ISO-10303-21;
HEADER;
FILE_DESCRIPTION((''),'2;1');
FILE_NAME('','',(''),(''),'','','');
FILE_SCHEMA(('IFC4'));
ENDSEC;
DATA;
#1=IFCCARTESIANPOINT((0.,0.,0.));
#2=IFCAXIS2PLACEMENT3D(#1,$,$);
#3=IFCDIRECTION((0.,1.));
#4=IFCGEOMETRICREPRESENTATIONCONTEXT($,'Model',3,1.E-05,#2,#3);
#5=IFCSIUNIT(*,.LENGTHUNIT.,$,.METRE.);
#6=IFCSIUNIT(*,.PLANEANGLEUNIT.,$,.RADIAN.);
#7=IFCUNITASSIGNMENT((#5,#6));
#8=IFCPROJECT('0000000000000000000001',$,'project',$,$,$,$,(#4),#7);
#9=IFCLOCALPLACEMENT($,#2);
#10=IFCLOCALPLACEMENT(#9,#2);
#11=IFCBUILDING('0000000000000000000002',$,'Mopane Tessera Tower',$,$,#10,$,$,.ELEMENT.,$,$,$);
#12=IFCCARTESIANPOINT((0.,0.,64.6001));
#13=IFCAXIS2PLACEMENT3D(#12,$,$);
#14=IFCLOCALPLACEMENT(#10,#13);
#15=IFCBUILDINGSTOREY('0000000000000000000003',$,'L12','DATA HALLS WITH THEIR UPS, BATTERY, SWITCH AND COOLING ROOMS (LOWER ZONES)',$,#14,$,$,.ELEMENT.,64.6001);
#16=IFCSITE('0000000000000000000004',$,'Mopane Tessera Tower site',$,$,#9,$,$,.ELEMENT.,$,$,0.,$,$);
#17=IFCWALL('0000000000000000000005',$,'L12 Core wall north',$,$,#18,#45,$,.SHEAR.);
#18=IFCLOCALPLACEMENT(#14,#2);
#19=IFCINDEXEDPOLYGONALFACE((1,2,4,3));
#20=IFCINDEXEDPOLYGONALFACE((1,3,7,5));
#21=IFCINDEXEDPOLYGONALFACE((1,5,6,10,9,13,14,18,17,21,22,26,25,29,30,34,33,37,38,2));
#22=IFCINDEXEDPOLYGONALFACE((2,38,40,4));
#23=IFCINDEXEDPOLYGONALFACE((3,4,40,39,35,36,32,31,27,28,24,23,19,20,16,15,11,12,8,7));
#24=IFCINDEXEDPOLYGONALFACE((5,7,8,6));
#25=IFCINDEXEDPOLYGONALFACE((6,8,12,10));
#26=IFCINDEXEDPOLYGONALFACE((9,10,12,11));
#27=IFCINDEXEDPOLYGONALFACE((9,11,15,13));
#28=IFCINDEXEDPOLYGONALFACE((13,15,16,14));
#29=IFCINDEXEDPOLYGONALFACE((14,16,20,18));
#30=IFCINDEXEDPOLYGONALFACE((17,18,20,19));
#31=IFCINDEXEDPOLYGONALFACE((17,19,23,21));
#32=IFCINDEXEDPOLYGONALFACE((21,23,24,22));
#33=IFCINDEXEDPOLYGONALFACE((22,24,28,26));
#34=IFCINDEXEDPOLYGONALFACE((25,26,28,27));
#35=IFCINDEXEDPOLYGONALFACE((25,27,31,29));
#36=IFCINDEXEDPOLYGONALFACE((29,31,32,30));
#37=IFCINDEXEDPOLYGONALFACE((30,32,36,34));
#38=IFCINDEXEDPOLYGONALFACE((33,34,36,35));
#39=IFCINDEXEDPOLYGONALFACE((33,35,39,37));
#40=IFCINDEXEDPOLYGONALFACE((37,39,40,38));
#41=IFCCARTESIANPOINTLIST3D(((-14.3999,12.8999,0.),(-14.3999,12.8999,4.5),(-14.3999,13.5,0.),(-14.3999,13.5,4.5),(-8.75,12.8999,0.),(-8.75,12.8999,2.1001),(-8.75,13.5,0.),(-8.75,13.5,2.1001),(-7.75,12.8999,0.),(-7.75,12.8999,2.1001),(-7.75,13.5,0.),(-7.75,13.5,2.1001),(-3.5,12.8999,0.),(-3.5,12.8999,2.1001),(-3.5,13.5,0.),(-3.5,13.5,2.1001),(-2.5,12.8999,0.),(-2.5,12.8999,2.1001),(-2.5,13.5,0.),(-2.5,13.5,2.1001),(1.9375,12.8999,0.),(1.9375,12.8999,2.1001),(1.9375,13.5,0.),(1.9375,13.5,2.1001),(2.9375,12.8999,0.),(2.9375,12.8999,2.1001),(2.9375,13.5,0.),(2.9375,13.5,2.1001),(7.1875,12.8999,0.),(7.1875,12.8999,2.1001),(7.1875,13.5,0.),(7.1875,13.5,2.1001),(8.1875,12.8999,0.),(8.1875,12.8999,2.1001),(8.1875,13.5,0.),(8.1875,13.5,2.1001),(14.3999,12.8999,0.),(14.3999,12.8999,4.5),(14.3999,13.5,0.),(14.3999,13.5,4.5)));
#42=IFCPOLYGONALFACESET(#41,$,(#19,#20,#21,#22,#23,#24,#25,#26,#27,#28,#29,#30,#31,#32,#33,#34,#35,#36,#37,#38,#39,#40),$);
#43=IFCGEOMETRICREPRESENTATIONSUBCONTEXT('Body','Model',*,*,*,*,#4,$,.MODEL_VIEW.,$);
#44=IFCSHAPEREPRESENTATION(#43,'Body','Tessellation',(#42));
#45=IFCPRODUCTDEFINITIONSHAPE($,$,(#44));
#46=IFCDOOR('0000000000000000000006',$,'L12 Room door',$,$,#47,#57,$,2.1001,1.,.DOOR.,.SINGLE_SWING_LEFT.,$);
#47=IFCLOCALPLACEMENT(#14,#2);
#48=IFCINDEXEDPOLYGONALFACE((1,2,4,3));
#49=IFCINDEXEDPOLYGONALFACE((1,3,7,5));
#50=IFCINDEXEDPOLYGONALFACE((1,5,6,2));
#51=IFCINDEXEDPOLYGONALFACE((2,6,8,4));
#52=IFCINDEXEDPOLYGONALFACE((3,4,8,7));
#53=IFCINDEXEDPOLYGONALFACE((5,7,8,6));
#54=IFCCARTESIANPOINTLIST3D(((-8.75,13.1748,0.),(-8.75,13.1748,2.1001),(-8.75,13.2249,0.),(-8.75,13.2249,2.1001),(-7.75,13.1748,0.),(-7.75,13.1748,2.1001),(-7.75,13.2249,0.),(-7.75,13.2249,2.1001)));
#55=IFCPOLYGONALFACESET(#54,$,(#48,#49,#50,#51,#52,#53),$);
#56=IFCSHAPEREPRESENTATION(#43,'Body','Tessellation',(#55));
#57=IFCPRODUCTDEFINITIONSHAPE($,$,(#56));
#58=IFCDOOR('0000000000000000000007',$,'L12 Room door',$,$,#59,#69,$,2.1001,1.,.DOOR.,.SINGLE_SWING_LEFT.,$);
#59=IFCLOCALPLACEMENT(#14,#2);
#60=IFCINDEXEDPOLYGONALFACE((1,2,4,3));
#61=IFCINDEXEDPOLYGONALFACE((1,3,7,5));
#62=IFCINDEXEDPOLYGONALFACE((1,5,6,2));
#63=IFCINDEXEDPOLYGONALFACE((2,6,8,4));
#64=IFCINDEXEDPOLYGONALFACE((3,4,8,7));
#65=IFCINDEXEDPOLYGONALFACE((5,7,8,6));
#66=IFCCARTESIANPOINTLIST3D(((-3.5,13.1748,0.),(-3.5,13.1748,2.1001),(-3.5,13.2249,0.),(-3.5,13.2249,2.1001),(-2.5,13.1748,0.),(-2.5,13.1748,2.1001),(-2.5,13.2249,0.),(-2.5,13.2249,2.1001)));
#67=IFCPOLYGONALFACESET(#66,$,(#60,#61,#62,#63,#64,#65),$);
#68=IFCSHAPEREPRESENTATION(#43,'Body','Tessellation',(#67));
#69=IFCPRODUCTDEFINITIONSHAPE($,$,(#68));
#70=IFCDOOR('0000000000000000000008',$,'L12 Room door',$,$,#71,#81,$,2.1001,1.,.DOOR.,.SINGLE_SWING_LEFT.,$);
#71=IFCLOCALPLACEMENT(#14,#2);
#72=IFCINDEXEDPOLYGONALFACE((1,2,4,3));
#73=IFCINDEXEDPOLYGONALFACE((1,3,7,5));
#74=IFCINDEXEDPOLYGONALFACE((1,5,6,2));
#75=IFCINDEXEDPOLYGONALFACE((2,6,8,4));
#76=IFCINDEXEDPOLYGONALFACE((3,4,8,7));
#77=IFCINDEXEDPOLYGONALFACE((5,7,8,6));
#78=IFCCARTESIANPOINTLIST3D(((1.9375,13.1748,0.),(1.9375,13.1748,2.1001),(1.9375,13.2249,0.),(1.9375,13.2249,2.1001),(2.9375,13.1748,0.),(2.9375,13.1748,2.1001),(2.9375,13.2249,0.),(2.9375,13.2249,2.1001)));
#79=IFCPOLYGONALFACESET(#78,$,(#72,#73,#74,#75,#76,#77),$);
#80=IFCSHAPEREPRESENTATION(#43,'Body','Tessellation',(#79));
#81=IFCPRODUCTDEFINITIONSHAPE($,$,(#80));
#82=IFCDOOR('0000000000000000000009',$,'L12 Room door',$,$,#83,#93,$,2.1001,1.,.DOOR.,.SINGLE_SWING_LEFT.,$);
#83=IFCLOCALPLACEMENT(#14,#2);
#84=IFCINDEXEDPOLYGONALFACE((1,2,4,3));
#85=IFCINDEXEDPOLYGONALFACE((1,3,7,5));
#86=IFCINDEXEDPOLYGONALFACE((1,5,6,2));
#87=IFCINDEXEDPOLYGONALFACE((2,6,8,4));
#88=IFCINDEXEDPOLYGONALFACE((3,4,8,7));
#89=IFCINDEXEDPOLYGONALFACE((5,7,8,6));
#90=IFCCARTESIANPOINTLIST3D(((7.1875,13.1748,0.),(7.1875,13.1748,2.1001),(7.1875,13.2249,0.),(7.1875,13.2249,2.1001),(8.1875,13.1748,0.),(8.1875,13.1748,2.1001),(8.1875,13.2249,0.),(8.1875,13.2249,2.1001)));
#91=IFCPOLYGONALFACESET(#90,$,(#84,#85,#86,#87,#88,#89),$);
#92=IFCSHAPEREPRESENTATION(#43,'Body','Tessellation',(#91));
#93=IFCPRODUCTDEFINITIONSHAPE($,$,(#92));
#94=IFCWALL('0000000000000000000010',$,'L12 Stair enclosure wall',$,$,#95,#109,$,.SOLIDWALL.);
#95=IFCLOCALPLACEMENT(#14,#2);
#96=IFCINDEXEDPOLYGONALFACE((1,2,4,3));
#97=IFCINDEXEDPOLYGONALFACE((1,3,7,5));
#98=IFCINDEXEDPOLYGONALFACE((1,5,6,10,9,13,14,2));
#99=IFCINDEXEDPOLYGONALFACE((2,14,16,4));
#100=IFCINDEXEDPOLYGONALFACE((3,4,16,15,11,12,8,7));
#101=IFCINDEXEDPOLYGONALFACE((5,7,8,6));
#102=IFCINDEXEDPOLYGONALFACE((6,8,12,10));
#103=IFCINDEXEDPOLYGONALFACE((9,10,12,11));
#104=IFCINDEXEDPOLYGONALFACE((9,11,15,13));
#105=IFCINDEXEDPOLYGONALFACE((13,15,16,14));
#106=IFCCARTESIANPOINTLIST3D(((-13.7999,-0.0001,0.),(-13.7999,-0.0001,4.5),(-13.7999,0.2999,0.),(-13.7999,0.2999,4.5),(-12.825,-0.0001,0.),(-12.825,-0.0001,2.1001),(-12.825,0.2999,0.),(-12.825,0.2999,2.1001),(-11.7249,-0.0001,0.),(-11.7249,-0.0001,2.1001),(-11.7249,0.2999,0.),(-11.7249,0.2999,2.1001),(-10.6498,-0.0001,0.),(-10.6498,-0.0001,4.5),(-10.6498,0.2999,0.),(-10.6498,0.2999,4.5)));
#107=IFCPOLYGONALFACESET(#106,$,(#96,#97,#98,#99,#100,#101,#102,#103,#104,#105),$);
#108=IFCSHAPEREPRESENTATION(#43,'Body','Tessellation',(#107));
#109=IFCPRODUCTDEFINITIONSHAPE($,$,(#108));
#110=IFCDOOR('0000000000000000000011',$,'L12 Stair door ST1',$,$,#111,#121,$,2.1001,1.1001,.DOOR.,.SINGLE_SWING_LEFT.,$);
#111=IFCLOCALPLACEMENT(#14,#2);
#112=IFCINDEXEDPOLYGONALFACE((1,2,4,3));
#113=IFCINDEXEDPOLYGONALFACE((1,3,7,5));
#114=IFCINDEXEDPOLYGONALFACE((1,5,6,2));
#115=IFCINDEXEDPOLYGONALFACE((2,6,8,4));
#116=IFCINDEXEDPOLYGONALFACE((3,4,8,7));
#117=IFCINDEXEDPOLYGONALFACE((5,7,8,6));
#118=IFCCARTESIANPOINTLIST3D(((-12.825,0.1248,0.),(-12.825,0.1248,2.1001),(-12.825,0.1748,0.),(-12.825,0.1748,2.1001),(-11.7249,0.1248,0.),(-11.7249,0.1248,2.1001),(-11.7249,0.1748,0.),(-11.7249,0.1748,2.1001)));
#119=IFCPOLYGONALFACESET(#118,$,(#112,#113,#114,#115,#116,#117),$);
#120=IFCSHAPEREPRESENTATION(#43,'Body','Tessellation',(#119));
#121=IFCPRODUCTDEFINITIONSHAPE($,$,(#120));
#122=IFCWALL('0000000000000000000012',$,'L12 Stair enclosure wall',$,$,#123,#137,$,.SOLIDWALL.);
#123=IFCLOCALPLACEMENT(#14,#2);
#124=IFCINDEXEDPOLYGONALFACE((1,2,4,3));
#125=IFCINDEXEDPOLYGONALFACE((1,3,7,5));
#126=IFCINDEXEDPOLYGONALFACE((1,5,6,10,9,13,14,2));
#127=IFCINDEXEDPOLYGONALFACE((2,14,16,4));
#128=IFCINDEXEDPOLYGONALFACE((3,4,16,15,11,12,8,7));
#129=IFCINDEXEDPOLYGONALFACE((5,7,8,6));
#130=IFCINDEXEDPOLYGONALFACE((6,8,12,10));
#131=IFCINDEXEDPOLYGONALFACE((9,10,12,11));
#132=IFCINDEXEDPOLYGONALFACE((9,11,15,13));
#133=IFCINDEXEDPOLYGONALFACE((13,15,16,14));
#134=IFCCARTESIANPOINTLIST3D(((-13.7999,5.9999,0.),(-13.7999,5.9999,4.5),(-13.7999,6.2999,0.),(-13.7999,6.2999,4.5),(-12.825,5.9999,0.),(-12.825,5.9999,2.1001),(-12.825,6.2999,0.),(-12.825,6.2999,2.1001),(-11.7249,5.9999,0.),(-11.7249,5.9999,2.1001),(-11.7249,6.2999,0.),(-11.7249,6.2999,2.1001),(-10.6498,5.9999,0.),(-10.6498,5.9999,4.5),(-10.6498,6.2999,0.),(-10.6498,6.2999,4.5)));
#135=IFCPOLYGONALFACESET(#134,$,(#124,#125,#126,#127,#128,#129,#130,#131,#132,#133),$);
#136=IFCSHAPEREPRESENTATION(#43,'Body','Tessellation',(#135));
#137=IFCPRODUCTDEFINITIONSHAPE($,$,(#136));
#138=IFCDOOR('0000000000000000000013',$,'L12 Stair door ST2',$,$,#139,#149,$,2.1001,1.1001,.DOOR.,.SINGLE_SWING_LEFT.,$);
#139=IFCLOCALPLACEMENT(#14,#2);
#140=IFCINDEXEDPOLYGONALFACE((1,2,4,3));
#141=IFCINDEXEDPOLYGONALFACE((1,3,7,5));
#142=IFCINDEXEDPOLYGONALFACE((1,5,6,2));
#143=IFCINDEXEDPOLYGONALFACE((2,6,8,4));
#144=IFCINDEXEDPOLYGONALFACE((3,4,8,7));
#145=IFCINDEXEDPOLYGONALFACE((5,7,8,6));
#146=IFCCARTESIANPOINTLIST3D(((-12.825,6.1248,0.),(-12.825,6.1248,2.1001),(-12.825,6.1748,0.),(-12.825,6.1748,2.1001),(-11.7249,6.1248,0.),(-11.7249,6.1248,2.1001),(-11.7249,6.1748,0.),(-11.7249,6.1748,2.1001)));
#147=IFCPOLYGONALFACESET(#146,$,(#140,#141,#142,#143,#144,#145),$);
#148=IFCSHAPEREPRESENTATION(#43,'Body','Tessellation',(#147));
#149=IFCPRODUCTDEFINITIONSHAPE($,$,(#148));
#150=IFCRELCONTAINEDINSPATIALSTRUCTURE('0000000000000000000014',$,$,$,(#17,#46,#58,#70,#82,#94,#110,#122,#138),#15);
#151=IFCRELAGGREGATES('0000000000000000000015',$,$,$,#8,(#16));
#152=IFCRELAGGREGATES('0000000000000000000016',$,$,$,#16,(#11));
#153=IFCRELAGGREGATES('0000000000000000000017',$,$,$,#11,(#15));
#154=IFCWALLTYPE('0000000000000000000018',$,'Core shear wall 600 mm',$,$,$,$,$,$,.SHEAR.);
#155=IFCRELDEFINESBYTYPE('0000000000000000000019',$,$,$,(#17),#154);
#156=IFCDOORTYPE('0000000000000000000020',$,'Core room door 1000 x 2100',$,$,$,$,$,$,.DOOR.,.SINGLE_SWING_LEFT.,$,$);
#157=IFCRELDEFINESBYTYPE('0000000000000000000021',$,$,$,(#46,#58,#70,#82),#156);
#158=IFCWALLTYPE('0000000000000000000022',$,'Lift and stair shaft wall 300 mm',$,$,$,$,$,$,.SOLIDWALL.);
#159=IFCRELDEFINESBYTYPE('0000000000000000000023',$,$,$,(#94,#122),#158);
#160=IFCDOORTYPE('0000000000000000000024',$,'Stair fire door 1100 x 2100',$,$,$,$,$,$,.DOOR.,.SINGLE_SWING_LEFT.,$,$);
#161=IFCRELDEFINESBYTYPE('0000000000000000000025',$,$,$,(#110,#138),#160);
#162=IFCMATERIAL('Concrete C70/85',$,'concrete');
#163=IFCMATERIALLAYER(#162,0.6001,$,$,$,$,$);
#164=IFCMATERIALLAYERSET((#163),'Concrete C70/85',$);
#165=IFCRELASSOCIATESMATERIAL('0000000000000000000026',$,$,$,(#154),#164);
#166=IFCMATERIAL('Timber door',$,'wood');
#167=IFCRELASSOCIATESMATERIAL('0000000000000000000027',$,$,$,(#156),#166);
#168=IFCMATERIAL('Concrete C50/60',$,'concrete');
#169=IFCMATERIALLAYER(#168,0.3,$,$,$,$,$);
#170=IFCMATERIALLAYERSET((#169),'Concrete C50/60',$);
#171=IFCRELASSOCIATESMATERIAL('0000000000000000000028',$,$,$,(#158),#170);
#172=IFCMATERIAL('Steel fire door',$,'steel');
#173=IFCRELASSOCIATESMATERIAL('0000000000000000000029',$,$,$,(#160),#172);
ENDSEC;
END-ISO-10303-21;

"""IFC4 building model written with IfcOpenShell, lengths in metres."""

from ifc_helpers import new_model, si_unit, direction, frame, frame_2d, origin, place, context, subcontext, project, spatial, rectangle, extrude, material, layer, layer_set, type_object, element, fill, save


model = new_model("IFC4")

# Units and contexts
model_context = context("Model", 3, precision=1e-05, world=origin(), true_north=direction((0.0, 1.0)))
body_context = subcontext(model_context, "Body", "Model", "MODEL_VIEW")
ifc_project = project(units=[si_unit("LENGTHUNIT", "METRE"), si_unit("PLANEANGLEUNIT", "RADIAN")], contexts=[model_context])

# Site, building, storey
site_placement = place(None, origin())
site = spatial("IfcSite", under=ifc_project, at=site_placement, Name="Mopane Tessera Tower site", CompositionType="ELEMENT", RefElevation=0.0)
building_placement = place(site_placement, origin())
building = spatial("IfcBuilding", under=site, at=building_placement, Name="Mopane Tessera Tower", CompositionType="ELEMENT")
storey_placement = place(building_placement, frame((0.0, 0.0, 64.6001)))
storey = spatial("IfcBuildingStorey", under=building, at=storey_placement, Name="L12", Description="DATA HALLS WITH THEIR UPS, BATTERY, SWITCH AND COOLING ROOMS (LOWER ZONES)", CompositionType="ELEMENT", Elevation=64.6001)

# Wall, openings, doors
ifc_material_1 = material(Name="Concrete C70/85", Category="concrete")
ifc_layer_1 = layer(ifc_material_1, 0.6001)
ifc_layer_set_1 = layer_set([ifc_layer_1], Name="Concrete C70/85")
wall_type_1 = type_object("IfcWallType", Name="Core shear wall 600 mm", PredefinedType="SHEAR", material=ifc_layer_set_1)
wall_1_placement = place(storey_placement, frame((-14.3999, 13.2, 0.0), z_axis=(0.0, 0.0, 1.0), x_axis=(1.0, 0.0, 0.0)))
wall_1 = element("IfcWall", 1, at=wall_1_placement, inside=storey, type_object=wall_type_1, Name="L12 Core wall north", PredefinedType="SHEAR", context=body_context, shape_type="SweptSolid", body=[
    extrude(rectangle(XDim=28.7998, YDim=0.6001, at=frame_2d((14.3999, 0.0))), origin(), (0.0, 0.0, 1.0), 4.5),
])
opening_1_placement = place(wall_1_placement, frame((5.6499, 0.0, 0.0)))
opening_1 = element("IfcOpeningElement", 2, at=opening_1_placement, cuts=wall_1, PredefinedType="OPENING", context=body_context, shape_type="SweptSolid", body=[
    extrude(rectangle(XDim=1.0, YDim=2.1001, at=frame_2d((0.5, 1.05))), frame((0.0, 0.312, 0.0), z_axis=(0.0, -1.0, 0.0), x_axis=(1.0, 0.0, 0.0)), (0.0, 0.0, 1.0), 0.624),
])
opening_2_placement = place(wall_1_placement, frame((10.8999, 0.0, 0.0)))
opening_2 = element("IfcOpeningElement", 3, at=opening_2_placement, cuts=wall_1, PredefinedType="OPENING", context=body_context, shape_type="SweptSolid", body=[
    extrude(rectangle(XDim=1.0, YDim=2.1001, at=frame_2d((0.5, 1.05))), frame((0.0, 0.312, 0.0), z_axis=(0.0, -1.0, 0.0), x_axis=(1.0, 0.0, 0.0)), (0.0, 0.0, 1.0), 0.624),
])
opening_3_placement = place(wall_1_placement, frame((16.3374, 0.0, 0.0)))
opening_3 = element("IfcOpeningElement", 4, at=opening_3_placement, cuts=wall_1, PredefinedType="OPENING", context=body_context, shape_type="SweptSolid", body=[
    extrude(rectangle(XDim=1.0, YDim=2.1001, at=frame_2d((0.5, 1.05))), frame((0.0, 0.312, 0.0), z_axis=(0.0, -1.0, 0.0), x_axis=(1.0, 0.0, 0.0)), (0.0, 0.0, 1.0), 0.624),
])
opening_4_placement = place(wall_1_placement, frame((21.5874, 0.0, 0.0)))
opening_4 = element("IfcOpeningElement", 5, at=opening_4_placement, cuts=wall_1, PredefinedType="OPENING", context=body_context, shape_type="SweptSolid", body=[
    extrude(rectangle(XDim=1.0, YDim=2.1001, at=frame_2d((0.5, 1.05))), frame((0.0, 0.312, 0.0), z_axis=(0.0, -1.0, 0.0), x_axis=(1.0, 0.0, 0.0)), (0.0, 0.0, 1.0), 0.624),
])
ifc_material_2 = material(Name="Timber door", Category="wood")
door_type_1 = type_object("IfcDoorType", Name="Core room door 1000 x 2100", OperationType="SINGLE_SWING_LEFT", PredefinedType="DOOR", material=ifc_material_2)
door_1_placement = place(opening_1_placement, origin())
door_1 = element("IfcDoor", 6, at=door_1_placement, inside=storey, type_object=door_type_1, Name="L12 Room door", OperationType="SINGLE_SWING_LEFT", OverallHeight=2.1001, OverallWidth=1.0, PredefinedType="DOOR", context=body_context, shape_type="SweptSolid", body=[
    extrude(rectangle(XDim=1.0, YDim=2.1001, at=frame_2d((0.5, 1.05))), frame((0.0, 0.0249, 0.0), z_axis=(0.0, -1.0, 0.0), x_axis=(1.0, 0.0, 0.0)), (0.0, 0.0, 1.0), 0.05),
])
fill(opening_1, door_1)
door_2_placement = place(opening_2_placement, origin())
door_2 = element("IfcDoor", 7, at=door_2_placement, inside=storey, type_object=door_type_1, Name="L12 Room door", OperationType="SINGLE_SWING_LEFT", OverallHeight=2.1001, OverallWidth=1.0, PredefinedType="DOOR", context=body_context, shape_type="SweptSolid", body=[
    extrude(rectangle(XDim=1.0, YDim=2.1001, at=frame_2d((0.5, 1.05))), frame((0.0, 0.0249, 0.0), z_axis=(0.0, -1.0, 0.0), x_axis=(1.0, 0.0, 0.0)), (0.0, 0.0, 1.0), 0.05),
])
fill(opening_2, door_2)
door_3_placement = place(opening_3_placement, origin())
door_3 = element("IfcDoor", 8, at=door_3_placement, inside=storey, type_object=door_type_1, Name="L12 Room door", OperationType="SINGLE_SWING_LEFT", OverallHeight=2.1001, OverallWidth=1.0, PredefinedType="DOOR", context=body_context, shape_type="SweptSolid", body=[
    extrude(rectangle(XDim=1.0, YDim=2.1001, at=frame_2d((0.5, 1.05))), frame((0.0, 0.0249, 0.0), z_axis=(0.0, -1.0, 0.0), x_axis=(1.0, 0.0, 0.0)), (0.0, 0.0, 1.0), 0.05),
])
fill(opening_3, door_3)
door_4_placement = place(opening_4_placement, origin())
door_4 = element("IfcDoor", 9, at=door_4_placement, inside=storey, type_object=door_type_1, Name="L12 Room door", OperationType="SINGLE_SWING_LEFT", OverallHeight=2.1001, OverallWidth=1.0, PredefinedType="DOOR", context=body_context, shape_type="SweptSolid", body=[
    extrude(rectangle(XDim=1.0, YDim=2.1001, at=frame_2d((0.5, 1.05))), frame((0.0, 0.0249, 0.0), z_axis=(0.0, -1.0, 0.0), x_axis=(1.0, 0.0, 0.0)), (0.0, 0.0, 1.0), 0.05),
])
fill(opening_4, door_4)

# Walls, openings, doors
ifc_material_3 = material(Name="Concrete C50/60", Category="concrete")
ifc_layer_2 = layer(ifc_material_3, 0.3)
ifc_layer_set_2 = layer_set([ifc_layer_2], Name="Concrete C50/60")
wall_type_2 = type_object("IfcWallType", Name="Lift and stair shaft wall 300 mm", PredefinedType="SOLIDWALL", material=ifc_layer_set_2)
wall_2_placement = place(storey_placement, frame((-13.8, 0.1499, 0.0), z_axis=(0.0, 0.0, 1.0), x_axis=(1.0, 0.0, 0.0)))
wall_2 = element("IfcWall", 10, at=wall_2_placement, inside=storey, type_object=wall_type_2, Name="L12 Stair enclosure wall", PredefinedType="SOLIDWALL", context=body_context, shape_type="SweptSolid", body=[
    extrude(rectangle(XDim=3.1501, YDim=0.3, at=frame_2d((1.5752, 0.0))), origin(), (0.0, 0.0, 1.0), 4.5),
])
opening_5_placement = place(wall_2_placement, frame((0.9751, 0.0, 0.0)))
opening_5 = element("IfcOpeningElement", 11, at=opening_5_placement, cuts=wall_2, PredefinedType="OPENING", context=body_context, shape_type="SweptSolid", body=[
    extrude(rectangle(XDim=1.1001, YDim=2.1001, at=frame_2d((0.55, 1.05))), frame((0.0, 0.1621, 0.0), z_axis=(0.0, -1.0, 0.0), x_axis=(1.0, 0.0, 0.0)), (0.0, 0.0, 1.0), 0.324),
])
ifc_material_4 = material(Name="Steel fire door", Category="steel")
door_type_2 = type_object("IfcDoorType", Name="Stair fire door 1100 x 2100", OperationType="SINGLE_SWING_LEFT", PredefinedType="DOOR", material=ifc_material_4)
door_5_placement = place(opening_5_placement, origin())
door_5 = element("IfcDoor", 12, at=door_5_placement, inside=storey, type_object=door_type_2, Name="L12 Stair door ST1", OperationType="SINGLE_SWING_LEFT", OverallHeight=2.1001, OverallWidth=1.1001, PredefinedType="DOOR", context=body_context, shape_type="SweptSolid", body=[
    extrude(rectangle(XDim=1.1001, YDim=2.1001, at=frame_2d((0.55, 1.05))), frame((0.0, 0.0249, 0.0), z_axis=(0.0, -1.0, 0.0), x_axis=(1.0, 0.0, 0.0)), (0.0, 0.0, 1.0), 0.05),
])
fill(opening_5, door_5)
wall_3_placement = place(storey_placement, frame((-13.8, 6.1499, 0.0), z_axis=(0.0, 0.0, 1.0), x_axis=(1.0, 0.0, 0.0)))
wall_3 = element("IfcWall", 13, at=wall_3_placement, inside=storey, type_object=wall_type_2, Name="L12 Stair enclosure wall", PredefinedType="SOLIDWALL", context=body_context, shape_type="SweptSolid", body=[
    extrude(rectangle(XDim=3.1501, YDim=0.3, at=frame_2d((1.5752, 0.0))), origin(), (0.0, 0.0, 1.0), 4.5),
])
opening_6_placement = place(wall_3_placement, frame((0.9751, 0.0, 0.0)))
opening_6 = element("IfcOpeningElement", 14, at=opening_6_placement, cuts=wall_3, PredefinedType="OPENING", context=body_context, shape_type="SweptSolid", body=[
    extrude(rectangle(XDim=1.1001, YDim=2.1001, at=frame_2d((0.55, 1.05))), frame((0.0, 0.1621, 0.0), z_axis=(0.0, -1.0, 0.0), x_axis=(1.0, 0.0, 0.0)), (0.0, 0.0, 1.0), 0.324),
])
door_6_placement = place(opening_6_placement, origin())
door_6 = element("IfcDoor", 15, at=door_6_placement, inside=storey, type_object=door_type_2, Name="L12 Stair door ST2", OperationType="SINGLE_SWING_LEFT", OverallHeight=2.1001, OverallWidth=1.1001, PredefinedType="DOOR", context=body_context, shape_type="SweptSolid", body=[
    extrude(rectangle(XDim=1.1001, YDim=2.1001, at=frame_2d((0.55, 1.05))), frame((0.0, 0.0249, 0.0), z_axis=(0.0, -1.0, 0.0), x_axis=(1.0, 0.0, 0.0)), (0.0, 0.0, 1.0), 0.05),
])
fill(opening_6, door_6)

save(model, "model.ifc")
